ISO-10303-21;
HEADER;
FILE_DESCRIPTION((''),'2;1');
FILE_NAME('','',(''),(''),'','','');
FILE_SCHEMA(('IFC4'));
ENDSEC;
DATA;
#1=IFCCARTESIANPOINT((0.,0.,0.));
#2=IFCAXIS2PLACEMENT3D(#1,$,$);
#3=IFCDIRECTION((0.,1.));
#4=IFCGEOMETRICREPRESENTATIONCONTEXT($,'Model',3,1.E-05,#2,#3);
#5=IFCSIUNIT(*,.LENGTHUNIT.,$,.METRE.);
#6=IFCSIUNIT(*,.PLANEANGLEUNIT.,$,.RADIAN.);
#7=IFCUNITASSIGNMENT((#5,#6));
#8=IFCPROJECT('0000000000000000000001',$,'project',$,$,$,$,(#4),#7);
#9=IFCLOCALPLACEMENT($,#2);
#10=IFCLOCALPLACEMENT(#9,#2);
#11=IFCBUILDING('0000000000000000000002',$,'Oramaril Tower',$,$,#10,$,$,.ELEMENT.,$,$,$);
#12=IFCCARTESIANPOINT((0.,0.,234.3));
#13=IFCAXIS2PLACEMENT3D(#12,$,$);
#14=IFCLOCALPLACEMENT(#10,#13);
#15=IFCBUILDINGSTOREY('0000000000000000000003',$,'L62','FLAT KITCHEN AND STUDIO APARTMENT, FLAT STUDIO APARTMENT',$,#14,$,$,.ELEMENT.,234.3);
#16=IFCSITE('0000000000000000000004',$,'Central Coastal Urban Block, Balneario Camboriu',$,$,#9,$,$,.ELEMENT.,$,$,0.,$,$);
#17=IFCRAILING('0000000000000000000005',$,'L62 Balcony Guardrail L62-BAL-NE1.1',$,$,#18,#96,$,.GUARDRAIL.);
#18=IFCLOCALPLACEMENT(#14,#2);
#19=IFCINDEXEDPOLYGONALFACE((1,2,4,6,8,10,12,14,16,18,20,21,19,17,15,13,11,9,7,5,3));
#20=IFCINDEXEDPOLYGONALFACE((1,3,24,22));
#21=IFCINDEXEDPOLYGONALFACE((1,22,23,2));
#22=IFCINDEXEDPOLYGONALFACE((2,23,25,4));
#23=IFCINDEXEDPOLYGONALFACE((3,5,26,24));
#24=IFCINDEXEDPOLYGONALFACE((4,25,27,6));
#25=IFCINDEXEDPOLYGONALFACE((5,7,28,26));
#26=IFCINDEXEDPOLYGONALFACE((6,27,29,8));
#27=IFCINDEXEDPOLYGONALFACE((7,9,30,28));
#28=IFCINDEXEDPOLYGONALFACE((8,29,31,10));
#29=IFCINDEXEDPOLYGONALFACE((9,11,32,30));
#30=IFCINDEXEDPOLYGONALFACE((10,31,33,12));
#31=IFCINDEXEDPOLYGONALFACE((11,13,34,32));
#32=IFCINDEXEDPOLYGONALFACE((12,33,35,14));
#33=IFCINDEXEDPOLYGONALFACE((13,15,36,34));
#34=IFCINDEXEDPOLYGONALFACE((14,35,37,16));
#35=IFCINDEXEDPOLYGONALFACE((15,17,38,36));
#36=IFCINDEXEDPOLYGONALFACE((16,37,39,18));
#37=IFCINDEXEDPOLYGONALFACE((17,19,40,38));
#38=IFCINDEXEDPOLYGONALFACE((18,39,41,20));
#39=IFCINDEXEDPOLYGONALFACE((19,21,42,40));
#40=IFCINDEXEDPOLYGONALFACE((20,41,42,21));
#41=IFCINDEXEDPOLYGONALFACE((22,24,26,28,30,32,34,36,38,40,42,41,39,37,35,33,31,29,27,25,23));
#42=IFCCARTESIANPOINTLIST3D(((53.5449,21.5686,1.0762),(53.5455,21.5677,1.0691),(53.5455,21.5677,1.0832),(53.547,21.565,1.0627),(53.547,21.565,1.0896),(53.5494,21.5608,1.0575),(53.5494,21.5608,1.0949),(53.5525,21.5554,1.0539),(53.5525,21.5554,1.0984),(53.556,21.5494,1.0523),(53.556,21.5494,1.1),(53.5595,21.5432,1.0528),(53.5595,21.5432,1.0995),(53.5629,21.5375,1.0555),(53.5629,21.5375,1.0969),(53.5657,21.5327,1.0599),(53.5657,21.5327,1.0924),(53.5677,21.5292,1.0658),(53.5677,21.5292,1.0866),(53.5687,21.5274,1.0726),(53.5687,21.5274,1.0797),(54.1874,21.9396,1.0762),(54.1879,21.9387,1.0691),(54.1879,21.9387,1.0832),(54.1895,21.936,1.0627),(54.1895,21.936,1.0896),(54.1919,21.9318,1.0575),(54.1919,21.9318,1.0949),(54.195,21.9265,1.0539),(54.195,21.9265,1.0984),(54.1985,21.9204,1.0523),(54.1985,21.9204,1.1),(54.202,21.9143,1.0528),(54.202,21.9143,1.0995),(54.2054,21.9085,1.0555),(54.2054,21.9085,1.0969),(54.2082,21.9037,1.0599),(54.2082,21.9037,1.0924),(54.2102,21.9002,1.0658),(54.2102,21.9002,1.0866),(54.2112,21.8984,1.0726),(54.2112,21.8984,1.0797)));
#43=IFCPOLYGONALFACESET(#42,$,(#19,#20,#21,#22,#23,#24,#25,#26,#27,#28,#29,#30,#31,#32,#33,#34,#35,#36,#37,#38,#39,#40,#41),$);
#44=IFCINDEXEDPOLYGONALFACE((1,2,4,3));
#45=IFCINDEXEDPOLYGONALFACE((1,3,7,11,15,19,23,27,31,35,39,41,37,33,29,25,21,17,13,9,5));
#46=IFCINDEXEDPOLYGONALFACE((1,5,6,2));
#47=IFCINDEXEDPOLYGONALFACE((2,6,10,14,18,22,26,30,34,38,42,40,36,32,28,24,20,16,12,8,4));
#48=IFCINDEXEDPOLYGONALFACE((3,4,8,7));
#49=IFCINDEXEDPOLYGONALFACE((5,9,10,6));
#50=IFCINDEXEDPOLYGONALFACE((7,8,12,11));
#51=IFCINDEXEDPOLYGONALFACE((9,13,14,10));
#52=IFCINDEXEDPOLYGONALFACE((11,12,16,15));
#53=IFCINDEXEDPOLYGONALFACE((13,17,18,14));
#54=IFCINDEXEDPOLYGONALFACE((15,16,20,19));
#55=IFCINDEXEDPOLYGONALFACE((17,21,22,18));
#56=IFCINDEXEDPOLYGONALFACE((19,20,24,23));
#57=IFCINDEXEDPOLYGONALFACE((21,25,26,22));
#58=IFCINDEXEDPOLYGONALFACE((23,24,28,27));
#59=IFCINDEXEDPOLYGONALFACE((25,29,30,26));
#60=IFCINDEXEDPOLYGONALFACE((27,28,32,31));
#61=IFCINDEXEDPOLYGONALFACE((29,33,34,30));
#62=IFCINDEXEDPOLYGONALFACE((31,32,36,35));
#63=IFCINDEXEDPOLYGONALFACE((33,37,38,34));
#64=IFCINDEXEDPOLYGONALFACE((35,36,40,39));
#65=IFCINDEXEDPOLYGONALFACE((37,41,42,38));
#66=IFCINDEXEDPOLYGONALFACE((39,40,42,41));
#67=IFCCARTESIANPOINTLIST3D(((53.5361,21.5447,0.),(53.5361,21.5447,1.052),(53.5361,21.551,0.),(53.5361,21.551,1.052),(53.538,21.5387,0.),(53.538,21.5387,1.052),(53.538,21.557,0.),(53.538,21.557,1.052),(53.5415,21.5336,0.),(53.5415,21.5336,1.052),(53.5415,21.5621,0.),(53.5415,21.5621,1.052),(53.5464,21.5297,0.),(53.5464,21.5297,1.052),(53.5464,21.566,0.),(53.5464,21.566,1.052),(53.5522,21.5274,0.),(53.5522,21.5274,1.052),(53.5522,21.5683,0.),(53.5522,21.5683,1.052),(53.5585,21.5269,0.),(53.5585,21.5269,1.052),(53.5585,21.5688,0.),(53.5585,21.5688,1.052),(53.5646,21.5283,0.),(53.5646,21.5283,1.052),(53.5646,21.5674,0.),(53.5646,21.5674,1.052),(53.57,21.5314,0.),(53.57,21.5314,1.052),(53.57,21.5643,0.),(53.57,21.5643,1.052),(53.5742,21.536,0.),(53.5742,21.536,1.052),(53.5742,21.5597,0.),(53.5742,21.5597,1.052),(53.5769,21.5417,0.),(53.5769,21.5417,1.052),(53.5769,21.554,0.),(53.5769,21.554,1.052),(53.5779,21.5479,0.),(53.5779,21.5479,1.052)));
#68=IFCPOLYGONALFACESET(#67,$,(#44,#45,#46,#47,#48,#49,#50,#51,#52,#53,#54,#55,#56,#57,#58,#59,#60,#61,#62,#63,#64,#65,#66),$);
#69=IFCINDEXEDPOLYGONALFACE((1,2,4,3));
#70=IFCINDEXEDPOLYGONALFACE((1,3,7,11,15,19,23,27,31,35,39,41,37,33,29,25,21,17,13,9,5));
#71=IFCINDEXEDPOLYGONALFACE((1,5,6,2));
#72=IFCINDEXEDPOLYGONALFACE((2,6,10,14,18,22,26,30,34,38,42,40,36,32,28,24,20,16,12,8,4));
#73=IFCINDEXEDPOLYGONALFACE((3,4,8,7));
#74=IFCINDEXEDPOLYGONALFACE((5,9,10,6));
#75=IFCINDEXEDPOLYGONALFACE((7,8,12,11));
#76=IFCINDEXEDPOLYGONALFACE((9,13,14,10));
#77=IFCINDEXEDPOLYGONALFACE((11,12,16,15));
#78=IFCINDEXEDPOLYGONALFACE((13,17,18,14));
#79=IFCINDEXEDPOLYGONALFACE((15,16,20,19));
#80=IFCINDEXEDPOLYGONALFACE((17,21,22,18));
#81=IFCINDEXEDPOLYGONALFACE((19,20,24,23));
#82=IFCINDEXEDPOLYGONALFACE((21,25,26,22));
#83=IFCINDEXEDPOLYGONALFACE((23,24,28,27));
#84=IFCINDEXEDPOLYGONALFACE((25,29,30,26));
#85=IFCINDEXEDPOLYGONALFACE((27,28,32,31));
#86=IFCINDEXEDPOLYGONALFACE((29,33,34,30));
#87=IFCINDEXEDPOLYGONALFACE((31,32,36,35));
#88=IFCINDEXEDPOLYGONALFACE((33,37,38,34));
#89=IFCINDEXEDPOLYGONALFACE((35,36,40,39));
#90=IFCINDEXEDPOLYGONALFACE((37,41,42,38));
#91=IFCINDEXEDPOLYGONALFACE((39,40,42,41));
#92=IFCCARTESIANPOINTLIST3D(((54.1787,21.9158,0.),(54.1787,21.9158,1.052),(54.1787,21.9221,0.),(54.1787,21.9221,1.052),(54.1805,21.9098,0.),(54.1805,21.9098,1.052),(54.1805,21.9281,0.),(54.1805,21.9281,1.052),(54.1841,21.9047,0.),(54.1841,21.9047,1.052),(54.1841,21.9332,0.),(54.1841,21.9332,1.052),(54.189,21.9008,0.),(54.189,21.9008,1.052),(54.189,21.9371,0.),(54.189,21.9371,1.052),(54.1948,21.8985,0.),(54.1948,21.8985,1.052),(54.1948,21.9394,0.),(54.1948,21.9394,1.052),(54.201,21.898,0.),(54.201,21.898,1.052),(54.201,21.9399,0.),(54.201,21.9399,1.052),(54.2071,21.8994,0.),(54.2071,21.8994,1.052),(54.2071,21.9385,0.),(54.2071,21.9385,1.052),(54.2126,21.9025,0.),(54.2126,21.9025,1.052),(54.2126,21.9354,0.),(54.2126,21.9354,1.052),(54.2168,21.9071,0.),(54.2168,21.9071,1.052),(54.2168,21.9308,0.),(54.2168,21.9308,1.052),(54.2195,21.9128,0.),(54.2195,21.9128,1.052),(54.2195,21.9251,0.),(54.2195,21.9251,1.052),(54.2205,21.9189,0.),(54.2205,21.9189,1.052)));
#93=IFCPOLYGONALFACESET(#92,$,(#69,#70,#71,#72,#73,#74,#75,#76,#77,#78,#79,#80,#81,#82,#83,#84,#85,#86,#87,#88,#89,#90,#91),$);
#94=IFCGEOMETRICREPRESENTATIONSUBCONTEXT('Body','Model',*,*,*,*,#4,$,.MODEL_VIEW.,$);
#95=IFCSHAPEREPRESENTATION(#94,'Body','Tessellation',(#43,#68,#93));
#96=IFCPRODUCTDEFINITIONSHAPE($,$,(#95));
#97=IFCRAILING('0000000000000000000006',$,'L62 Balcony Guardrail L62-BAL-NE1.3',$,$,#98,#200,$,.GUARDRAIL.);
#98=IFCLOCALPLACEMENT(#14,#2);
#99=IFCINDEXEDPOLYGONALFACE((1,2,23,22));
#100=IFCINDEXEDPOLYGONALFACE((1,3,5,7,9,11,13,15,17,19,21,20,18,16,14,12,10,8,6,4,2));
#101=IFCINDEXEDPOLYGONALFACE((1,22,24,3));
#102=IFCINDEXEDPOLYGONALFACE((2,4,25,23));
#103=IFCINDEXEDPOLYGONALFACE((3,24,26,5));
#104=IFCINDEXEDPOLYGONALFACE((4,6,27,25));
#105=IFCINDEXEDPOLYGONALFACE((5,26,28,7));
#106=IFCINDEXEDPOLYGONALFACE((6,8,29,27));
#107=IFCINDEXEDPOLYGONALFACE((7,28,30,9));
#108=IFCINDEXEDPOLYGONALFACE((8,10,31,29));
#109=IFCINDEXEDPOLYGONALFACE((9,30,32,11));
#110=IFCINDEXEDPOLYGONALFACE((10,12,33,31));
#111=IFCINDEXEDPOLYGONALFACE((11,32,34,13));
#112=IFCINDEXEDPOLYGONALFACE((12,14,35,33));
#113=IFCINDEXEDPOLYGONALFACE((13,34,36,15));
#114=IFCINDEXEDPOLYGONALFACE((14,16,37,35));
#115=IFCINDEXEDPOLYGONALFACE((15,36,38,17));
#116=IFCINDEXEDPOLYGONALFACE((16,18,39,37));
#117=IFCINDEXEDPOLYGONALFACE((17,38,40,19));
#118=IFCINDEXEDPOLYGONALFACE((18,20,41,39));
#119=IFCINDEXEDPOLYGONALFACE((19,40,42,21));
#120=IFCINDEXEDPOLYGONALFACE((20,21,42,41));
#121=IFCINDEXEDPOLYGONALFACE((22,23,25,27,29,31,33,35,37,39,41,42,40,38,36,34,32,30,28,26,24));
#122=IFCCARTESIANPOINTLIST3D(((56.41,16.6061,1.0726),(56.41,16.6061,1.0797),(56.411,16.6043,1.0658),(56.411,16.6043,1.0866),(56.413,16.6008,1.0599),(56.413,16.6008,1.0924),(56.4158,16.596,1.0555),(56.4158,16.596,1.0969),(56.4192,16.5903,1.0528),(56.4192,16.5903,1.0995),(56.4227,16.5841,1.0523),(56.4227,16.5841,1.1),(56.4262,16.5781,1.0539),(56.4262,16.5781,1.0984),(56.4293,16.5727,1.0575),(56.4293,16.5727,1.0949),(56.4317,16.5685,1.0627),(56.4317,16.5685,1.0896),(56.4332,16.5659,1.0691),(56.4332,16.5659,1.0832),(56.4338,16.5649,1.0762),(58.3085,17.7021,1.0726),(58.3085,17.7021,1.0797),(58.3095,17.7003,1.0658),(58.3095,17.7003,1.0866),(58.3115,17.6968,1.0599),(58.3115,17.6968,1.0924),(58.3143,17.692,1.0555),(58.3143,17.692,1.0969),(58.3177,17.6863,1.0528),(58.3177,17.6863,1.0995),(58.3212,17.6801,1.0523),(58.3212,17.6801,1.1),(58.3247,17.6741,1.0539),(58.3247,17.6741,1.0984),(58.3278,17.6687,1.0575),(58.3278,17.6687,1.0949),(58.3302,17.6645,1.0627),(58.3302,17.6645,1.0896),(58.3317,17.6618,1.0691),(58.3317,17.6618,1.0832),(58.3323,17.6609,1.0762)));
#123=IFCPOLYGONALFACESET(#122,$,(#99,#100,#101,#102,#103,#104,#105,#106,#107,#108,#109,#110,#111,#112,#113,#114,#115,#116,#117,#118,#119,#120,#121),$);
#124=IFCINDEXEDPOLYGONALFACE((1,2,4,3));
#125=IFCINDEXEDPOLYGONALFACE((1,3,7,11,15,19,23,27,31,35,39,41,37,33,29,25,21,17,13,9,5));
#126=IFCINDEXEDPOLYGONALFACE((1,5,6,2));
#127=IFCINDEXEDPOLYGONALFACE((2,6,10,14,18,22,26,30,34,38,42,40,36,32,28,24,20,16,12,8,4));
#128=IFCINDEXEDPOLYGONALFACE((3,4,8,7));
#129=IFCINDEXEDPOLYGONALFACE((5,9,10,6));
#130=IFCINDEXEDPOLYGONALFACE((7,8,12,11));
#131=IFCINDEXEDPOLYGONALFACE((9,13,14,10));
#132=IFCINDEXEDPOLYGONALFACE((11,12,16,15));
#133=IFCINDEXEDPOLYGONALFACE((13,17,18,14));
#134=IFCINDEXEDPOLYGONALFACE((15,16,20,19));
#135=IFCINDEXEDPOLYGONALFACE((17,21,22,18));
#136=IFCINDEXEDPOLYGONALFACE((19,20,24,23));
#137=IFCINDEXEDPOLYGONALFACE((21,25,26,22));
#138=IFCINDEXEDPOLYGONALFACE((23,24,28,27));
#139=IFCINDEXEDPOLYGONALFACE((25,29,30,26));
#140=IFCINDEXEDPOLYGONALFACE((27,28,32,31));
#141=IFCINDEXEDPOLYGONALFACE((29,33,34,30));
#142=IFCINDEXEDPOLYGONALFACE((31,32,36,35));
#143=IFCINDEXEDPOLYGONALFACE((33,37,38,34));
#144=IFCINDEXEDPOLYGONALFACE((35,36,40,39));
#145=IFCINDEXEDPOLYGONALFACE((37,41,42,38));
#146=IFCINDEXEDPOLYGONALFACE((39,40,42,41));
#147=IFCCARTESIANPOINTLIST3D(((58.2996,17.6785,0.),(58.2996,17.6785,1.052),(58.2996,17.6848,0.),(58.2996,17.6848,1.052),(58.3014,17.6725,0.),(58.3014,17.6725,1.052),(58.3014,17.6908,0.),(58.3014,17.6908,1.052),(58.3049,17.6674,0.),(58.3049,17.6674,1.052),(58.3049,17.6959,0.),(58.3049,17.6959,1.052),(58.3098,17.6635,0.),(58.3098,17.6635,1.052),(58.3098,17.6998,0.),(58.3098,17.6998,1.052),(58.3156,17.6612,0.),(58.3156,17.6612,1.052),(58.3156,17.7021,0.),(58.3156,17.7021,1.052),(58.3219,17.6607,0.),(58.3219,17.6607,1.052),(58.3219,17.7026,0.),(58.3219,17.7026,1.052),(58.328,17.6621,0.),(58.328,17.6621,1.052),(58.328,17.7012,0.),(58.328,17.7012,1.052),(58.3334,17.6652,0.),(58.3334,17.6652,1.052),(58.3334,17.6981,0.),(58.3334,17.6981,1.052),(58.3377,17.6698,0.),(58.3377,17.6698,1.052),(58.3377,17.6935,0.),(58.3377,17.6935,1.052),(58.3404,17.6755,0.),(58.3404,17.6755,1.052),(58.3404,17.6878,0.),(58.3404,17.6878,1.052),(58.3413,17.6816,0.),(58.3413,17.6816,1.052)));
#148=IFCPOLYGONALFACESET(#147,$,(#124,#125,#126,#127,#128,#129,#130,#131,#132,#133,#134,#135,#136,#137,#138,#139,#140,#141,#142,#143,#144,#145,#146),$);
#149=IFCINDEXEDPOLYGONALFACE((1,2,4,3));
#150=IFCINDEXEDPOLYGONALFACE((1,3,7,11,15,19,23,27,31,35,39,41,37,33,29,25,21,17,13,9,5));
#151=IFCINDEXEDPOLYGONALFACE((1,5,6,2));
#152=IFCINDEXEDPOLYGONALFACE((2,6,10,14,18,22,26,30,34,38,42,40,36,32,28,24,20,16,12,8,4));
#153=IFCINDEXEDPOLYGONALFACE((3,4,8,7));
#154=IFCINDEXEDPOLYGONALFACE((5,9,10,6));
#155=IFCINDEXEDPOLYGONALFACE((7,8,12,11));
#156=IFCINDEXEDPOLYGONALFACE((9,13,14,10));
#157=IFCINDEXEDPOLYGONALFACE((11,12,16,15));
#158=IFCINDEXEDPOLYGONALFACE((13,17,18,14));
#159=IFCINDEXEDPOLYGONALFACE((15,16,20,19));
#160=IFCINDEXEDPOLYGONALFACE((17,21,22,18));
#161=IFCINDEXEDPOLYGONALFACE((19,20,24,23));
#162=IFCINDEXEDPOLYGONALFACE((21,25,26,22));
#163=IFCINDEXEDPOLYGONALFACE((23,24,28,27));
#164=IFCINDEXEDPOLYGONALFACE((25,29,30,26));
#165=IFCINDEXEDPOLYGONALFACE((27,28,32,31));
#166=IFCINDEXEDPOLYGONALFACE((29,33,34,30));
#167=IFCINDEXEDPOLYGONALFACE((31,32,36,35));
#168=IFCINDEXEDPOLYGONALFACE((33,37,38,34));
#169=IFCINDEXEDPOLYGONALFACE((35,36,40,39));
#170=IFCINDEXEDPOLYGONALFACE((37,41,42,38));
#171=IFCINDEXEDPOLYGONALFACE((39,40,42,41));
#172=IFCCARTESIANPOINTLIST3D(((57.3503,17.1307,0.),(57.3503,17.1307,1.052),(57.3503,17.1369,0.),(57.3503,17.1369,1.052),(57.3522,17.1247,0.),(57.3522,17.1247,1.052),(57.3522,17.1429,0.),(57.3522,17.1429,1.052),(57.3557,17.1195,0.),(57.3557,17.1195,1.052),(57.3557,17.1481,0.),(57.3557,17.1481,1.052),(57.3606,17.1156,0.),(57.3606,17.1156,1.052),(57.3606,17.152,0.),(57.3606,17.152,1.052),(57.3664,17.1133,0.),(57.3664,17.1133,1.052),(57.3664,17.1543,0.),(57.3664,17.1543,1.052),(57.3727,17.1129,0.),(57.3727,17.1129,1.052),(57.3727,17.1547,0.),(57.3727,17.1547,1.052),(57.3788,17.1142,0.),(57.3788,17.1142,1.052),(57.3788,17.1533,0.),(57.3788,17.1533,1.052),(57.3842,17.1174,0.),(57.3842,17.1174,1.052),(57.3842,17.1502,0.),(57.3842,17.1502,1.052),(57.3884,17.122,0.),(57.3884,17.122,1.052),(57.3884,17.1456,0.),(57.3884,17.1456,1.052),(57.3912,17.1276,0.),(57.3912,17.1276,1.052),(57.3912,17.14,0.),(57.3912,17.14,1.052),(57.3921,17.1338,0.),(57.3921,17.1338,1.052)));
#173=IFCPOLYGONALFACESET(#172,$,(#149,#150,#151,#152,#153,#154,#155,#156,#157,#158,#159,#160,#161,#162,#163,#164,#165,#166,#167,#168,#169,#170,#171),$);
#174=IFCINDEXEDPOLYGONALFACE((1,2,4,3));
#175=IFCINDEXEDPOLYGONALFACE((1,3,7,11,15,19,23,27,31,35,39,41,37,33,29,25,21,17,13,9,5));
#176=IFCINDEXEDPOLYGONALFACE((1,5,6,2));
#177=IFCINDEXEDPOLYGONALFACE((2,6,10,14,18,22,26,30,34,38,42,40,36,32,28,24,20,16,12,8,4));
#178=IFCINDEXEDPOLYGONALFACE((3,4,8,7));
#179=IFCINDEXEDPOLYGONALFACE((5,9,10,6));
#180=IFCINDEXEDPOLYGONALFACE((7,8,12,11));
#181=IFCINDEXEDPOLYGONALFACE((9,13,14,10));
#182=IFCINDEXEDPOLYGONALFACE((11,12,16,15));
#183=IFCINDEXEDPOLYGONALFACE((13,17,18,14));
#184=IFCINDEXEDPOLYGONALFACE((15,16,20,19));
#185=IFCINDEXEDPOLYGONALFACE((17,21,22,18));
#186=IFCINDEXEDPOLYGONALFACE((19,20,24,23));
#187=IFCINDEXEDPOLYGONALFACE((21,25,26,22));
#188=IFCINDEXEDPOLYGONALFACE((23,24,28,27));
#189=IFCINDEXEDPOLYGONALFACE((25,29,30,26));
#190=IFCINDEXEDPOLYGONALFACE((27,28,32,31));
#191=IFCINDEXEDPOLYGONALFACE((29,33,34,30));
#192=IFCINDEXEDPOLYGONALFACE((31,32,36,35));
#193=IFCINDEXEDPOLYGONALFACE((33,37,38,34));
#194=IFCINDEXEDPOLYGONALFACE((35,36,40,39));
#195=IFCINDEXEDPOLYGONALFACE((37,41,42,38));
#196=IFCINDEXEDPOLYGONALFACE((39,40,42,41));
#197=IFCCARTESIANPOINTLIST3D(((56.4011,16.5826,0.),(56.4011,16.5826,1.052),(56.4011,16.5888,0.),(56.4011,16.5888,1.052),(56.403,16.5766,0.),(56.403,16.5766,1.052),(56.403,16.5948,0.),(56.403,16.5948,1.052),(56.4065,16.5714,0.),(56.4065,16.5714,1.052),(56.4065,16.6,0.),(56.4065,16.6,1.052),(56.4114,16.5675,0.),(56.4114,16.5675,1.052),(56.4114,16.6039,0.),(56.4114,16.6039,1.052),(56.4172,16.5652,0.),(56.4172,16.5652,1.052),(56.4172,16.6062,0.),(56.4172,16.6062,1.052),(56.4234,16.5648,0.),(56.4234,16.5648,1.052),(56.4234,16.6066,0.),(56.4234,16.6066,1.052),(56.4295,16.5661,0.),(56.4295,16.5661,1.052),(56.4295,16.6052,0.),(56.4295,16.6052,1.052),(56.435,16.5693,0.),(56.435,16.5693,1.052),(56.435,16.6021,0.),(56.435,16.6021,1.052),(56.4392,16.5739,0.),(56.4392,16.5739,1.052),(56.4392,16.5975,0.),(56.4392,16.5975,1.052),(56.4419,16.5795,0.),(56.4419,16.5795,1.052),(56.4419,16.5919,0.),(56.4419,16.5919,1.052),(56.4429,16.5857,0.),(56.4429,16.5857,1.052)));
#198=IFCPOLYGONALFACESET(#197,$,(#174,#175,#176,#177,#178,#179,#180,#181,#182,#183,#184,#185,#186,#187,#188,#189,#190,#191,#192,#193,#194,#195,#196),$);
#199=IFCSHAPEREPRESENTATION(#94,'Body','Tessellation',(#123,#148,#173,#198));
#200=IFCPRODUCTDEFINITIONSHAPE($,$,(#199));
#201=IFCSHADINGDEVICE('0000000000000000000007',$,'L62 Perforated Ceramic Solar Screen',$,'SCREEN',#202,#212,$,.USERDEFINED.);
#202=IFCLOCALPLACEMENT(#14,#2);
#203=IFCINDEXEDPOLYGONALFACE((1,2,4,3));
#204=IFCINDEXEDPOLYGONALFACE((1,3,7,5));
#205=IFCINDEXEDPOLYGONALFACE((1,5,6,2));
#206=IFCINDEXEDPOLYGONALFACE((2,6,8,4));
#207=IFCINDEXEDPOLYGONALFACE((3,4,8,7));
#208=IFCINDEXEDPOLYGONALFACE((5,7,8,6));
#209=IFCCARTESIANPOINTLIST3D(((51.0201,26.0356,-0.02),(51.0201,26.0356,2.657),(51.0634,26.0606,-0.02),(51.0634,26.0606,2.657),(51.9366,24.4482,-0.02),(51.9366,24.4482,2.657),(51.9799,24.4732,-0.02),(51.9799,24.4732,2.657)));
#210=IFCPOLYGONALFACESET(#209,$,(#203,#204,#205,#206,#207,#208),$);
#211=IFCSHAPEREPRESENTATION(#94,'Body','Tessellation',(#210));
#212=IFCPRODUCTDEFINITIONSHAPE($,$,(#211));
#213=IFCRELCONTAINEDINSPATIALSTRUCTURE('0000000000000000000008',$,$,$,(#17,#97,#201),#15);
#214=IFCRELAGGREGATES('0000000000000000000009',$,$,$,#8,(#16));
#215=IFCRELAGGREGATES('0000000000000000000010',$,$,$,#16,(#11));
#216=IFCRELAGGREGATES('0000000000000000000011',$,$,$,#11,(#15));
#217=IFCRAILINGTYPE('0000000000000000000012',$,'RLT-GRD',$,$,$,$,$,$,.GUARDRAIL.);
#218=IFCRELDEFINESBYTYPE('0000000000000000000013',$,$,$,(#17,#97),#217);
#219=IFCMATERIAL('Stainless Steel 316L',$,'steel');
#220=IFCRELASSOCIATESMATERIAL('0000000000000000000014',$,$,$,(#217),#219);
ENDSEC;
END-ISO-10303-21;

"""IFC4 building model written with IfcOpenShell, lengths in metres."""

from ifc_helpers import new_model, si_unit, direction, frame, origin, origin_2d, place, context, subcontext, project, spatial, rectangle, circle, extrude, material, type_object, element, save


model = new_model("IFC4")

# Units and contexts
model_context = context("Model", 3, precision=1e-05, world=origin(), true_north=direction((0.0, 1.0)))
body_context = subcontext(model_context, "Body", "Model", "MODEL_VIEW")
ifc_project = project(units=[si_unit("LENGTHUNIT", "METRE"), si_unit("PLANEANGLEUNIT", "RADIAN")], contexts=[model_context])

# Site, building, storey
site_placement = place(None, origin())
site = spatial("IfcSite", under=ifc_project, at=site_placement, Name="Central Coastal Urban Block, Balneario Camboriu", CompositionType="ELEMENT", RefElevation=0.0)
building_placement = place(site_placement, origin())
building = spatial("IfcBuilding", under=site, at=building_placement, Name="Oramaril Tower", CompositionType="ELEMENT")
storey_placement = place(building_placement, frame((0.0, 0.0, 234.3)))
storey = spatial("IfcBuildingStorey", under=building, at=storey_placement, Name="L62", Description="FLAT KITCHEN AND STUDIO APARTMENT, FLAT STUDIO APARTMENT", CompositionType="ELEMENT", Elevation=234.3)

# Railings
ifc_material_1 = material(Name="Stainless Steel 316L", Category="steel")
railing_type = type_object("IfcRailingType", Name="RLT-GRD", PredefinedType="GUARDRAIL", material=ifc_material_1)
railing_1_placement = place(storey_placement, frame((53.5569, 21.5479, 0.0)))
element("IfcRailing", 1, at=railing_1_placement, inside=storey, type_object=railing_type, Name="L62 Balcony Guardrail L62-BAL-NE1.1", PredefinedType="GUARDRAIL", context=body_context, shape_type="SweptSolid", body=[
    extrude(circle(Radius=0.0239, at=origin_2d()), frame((0.0, 0.0, 1.0762), z_axis=(0.865966, 0.500102, 0.0), x_axis=(-0.500102, 0.865966, 0.0)), (0.0, 0.0, 1.0), 0.7419),
    extrude(circle(Radius=0.021, at=origin_2d()), origin(), (0.0, 0.0, 1.0), 1.052),
    extrude(circle(Radius=0.021, at=origin_2d()), frame((0.6426, 0.3711, 0.0)), (0.0, 0.0, 1.0), 1.052),
])
railing_2_placement = place(storey_placement, frame((58.3203, 17.6816, 0.0)))
element("IfcRailing", 2, at=railing_2_placement, inside=storey, type_object=railing_type, Name="L62 Balcony Guardrail L62-BAL-NE1.3", PredefinedType="GUARDRAIL", context=body_context, shape_type="SweptSolid", body=[
    extrude(circle(Radius=0.0239, at=origin_2d()), frame((0.0, 0.0, 1.0762), z_axis=(-0.866048, -0.49996, 0.0), x_axis=(0.49996, -0.866048, 0.0)), (0.0, 0.0, 1.0), 2.1921),
    extrude(circle(Radius=0.021, at=origin_2d()), origin(), (0.0, 0.0, 1.0), 1.052),
    extrude(circle(Radius=0.021, at=origin_2d()), frame((-0.9492, -0.5479, 0.0)), (0.0, 0.0, 1.0), 1.052),
    extrude(circle(Radius=0.021, at=origin_2d()), frame((-1.8984, -1.0959, 0.0)), (0.0, 0.0, 1.0), 1.052),
])

# Shading device
shading_device_placement = place(storey_placement, frame((51.5, 25.2544, -0.02), z_axis=(0.0, 0.0, 1.0), x_axis=(-0.499998, 0.866026, 0.0)))
element("IfcShadingDevice", 3, at=shading_device_placement, inside=storey, Name="L62 Perforated Ceramic Solar Screen", ObjectType="SCREEN", PredefinedType="USERDEFINED", context=body_context, shape_type="SweptSolid", body=[
    extrude(rectangle(XDim=1.833, YDim=0.05, at=origin_2d()), origin(), (0.0, 0.0, 1.0), 2.677),
])

save(model, "model.ifc")
